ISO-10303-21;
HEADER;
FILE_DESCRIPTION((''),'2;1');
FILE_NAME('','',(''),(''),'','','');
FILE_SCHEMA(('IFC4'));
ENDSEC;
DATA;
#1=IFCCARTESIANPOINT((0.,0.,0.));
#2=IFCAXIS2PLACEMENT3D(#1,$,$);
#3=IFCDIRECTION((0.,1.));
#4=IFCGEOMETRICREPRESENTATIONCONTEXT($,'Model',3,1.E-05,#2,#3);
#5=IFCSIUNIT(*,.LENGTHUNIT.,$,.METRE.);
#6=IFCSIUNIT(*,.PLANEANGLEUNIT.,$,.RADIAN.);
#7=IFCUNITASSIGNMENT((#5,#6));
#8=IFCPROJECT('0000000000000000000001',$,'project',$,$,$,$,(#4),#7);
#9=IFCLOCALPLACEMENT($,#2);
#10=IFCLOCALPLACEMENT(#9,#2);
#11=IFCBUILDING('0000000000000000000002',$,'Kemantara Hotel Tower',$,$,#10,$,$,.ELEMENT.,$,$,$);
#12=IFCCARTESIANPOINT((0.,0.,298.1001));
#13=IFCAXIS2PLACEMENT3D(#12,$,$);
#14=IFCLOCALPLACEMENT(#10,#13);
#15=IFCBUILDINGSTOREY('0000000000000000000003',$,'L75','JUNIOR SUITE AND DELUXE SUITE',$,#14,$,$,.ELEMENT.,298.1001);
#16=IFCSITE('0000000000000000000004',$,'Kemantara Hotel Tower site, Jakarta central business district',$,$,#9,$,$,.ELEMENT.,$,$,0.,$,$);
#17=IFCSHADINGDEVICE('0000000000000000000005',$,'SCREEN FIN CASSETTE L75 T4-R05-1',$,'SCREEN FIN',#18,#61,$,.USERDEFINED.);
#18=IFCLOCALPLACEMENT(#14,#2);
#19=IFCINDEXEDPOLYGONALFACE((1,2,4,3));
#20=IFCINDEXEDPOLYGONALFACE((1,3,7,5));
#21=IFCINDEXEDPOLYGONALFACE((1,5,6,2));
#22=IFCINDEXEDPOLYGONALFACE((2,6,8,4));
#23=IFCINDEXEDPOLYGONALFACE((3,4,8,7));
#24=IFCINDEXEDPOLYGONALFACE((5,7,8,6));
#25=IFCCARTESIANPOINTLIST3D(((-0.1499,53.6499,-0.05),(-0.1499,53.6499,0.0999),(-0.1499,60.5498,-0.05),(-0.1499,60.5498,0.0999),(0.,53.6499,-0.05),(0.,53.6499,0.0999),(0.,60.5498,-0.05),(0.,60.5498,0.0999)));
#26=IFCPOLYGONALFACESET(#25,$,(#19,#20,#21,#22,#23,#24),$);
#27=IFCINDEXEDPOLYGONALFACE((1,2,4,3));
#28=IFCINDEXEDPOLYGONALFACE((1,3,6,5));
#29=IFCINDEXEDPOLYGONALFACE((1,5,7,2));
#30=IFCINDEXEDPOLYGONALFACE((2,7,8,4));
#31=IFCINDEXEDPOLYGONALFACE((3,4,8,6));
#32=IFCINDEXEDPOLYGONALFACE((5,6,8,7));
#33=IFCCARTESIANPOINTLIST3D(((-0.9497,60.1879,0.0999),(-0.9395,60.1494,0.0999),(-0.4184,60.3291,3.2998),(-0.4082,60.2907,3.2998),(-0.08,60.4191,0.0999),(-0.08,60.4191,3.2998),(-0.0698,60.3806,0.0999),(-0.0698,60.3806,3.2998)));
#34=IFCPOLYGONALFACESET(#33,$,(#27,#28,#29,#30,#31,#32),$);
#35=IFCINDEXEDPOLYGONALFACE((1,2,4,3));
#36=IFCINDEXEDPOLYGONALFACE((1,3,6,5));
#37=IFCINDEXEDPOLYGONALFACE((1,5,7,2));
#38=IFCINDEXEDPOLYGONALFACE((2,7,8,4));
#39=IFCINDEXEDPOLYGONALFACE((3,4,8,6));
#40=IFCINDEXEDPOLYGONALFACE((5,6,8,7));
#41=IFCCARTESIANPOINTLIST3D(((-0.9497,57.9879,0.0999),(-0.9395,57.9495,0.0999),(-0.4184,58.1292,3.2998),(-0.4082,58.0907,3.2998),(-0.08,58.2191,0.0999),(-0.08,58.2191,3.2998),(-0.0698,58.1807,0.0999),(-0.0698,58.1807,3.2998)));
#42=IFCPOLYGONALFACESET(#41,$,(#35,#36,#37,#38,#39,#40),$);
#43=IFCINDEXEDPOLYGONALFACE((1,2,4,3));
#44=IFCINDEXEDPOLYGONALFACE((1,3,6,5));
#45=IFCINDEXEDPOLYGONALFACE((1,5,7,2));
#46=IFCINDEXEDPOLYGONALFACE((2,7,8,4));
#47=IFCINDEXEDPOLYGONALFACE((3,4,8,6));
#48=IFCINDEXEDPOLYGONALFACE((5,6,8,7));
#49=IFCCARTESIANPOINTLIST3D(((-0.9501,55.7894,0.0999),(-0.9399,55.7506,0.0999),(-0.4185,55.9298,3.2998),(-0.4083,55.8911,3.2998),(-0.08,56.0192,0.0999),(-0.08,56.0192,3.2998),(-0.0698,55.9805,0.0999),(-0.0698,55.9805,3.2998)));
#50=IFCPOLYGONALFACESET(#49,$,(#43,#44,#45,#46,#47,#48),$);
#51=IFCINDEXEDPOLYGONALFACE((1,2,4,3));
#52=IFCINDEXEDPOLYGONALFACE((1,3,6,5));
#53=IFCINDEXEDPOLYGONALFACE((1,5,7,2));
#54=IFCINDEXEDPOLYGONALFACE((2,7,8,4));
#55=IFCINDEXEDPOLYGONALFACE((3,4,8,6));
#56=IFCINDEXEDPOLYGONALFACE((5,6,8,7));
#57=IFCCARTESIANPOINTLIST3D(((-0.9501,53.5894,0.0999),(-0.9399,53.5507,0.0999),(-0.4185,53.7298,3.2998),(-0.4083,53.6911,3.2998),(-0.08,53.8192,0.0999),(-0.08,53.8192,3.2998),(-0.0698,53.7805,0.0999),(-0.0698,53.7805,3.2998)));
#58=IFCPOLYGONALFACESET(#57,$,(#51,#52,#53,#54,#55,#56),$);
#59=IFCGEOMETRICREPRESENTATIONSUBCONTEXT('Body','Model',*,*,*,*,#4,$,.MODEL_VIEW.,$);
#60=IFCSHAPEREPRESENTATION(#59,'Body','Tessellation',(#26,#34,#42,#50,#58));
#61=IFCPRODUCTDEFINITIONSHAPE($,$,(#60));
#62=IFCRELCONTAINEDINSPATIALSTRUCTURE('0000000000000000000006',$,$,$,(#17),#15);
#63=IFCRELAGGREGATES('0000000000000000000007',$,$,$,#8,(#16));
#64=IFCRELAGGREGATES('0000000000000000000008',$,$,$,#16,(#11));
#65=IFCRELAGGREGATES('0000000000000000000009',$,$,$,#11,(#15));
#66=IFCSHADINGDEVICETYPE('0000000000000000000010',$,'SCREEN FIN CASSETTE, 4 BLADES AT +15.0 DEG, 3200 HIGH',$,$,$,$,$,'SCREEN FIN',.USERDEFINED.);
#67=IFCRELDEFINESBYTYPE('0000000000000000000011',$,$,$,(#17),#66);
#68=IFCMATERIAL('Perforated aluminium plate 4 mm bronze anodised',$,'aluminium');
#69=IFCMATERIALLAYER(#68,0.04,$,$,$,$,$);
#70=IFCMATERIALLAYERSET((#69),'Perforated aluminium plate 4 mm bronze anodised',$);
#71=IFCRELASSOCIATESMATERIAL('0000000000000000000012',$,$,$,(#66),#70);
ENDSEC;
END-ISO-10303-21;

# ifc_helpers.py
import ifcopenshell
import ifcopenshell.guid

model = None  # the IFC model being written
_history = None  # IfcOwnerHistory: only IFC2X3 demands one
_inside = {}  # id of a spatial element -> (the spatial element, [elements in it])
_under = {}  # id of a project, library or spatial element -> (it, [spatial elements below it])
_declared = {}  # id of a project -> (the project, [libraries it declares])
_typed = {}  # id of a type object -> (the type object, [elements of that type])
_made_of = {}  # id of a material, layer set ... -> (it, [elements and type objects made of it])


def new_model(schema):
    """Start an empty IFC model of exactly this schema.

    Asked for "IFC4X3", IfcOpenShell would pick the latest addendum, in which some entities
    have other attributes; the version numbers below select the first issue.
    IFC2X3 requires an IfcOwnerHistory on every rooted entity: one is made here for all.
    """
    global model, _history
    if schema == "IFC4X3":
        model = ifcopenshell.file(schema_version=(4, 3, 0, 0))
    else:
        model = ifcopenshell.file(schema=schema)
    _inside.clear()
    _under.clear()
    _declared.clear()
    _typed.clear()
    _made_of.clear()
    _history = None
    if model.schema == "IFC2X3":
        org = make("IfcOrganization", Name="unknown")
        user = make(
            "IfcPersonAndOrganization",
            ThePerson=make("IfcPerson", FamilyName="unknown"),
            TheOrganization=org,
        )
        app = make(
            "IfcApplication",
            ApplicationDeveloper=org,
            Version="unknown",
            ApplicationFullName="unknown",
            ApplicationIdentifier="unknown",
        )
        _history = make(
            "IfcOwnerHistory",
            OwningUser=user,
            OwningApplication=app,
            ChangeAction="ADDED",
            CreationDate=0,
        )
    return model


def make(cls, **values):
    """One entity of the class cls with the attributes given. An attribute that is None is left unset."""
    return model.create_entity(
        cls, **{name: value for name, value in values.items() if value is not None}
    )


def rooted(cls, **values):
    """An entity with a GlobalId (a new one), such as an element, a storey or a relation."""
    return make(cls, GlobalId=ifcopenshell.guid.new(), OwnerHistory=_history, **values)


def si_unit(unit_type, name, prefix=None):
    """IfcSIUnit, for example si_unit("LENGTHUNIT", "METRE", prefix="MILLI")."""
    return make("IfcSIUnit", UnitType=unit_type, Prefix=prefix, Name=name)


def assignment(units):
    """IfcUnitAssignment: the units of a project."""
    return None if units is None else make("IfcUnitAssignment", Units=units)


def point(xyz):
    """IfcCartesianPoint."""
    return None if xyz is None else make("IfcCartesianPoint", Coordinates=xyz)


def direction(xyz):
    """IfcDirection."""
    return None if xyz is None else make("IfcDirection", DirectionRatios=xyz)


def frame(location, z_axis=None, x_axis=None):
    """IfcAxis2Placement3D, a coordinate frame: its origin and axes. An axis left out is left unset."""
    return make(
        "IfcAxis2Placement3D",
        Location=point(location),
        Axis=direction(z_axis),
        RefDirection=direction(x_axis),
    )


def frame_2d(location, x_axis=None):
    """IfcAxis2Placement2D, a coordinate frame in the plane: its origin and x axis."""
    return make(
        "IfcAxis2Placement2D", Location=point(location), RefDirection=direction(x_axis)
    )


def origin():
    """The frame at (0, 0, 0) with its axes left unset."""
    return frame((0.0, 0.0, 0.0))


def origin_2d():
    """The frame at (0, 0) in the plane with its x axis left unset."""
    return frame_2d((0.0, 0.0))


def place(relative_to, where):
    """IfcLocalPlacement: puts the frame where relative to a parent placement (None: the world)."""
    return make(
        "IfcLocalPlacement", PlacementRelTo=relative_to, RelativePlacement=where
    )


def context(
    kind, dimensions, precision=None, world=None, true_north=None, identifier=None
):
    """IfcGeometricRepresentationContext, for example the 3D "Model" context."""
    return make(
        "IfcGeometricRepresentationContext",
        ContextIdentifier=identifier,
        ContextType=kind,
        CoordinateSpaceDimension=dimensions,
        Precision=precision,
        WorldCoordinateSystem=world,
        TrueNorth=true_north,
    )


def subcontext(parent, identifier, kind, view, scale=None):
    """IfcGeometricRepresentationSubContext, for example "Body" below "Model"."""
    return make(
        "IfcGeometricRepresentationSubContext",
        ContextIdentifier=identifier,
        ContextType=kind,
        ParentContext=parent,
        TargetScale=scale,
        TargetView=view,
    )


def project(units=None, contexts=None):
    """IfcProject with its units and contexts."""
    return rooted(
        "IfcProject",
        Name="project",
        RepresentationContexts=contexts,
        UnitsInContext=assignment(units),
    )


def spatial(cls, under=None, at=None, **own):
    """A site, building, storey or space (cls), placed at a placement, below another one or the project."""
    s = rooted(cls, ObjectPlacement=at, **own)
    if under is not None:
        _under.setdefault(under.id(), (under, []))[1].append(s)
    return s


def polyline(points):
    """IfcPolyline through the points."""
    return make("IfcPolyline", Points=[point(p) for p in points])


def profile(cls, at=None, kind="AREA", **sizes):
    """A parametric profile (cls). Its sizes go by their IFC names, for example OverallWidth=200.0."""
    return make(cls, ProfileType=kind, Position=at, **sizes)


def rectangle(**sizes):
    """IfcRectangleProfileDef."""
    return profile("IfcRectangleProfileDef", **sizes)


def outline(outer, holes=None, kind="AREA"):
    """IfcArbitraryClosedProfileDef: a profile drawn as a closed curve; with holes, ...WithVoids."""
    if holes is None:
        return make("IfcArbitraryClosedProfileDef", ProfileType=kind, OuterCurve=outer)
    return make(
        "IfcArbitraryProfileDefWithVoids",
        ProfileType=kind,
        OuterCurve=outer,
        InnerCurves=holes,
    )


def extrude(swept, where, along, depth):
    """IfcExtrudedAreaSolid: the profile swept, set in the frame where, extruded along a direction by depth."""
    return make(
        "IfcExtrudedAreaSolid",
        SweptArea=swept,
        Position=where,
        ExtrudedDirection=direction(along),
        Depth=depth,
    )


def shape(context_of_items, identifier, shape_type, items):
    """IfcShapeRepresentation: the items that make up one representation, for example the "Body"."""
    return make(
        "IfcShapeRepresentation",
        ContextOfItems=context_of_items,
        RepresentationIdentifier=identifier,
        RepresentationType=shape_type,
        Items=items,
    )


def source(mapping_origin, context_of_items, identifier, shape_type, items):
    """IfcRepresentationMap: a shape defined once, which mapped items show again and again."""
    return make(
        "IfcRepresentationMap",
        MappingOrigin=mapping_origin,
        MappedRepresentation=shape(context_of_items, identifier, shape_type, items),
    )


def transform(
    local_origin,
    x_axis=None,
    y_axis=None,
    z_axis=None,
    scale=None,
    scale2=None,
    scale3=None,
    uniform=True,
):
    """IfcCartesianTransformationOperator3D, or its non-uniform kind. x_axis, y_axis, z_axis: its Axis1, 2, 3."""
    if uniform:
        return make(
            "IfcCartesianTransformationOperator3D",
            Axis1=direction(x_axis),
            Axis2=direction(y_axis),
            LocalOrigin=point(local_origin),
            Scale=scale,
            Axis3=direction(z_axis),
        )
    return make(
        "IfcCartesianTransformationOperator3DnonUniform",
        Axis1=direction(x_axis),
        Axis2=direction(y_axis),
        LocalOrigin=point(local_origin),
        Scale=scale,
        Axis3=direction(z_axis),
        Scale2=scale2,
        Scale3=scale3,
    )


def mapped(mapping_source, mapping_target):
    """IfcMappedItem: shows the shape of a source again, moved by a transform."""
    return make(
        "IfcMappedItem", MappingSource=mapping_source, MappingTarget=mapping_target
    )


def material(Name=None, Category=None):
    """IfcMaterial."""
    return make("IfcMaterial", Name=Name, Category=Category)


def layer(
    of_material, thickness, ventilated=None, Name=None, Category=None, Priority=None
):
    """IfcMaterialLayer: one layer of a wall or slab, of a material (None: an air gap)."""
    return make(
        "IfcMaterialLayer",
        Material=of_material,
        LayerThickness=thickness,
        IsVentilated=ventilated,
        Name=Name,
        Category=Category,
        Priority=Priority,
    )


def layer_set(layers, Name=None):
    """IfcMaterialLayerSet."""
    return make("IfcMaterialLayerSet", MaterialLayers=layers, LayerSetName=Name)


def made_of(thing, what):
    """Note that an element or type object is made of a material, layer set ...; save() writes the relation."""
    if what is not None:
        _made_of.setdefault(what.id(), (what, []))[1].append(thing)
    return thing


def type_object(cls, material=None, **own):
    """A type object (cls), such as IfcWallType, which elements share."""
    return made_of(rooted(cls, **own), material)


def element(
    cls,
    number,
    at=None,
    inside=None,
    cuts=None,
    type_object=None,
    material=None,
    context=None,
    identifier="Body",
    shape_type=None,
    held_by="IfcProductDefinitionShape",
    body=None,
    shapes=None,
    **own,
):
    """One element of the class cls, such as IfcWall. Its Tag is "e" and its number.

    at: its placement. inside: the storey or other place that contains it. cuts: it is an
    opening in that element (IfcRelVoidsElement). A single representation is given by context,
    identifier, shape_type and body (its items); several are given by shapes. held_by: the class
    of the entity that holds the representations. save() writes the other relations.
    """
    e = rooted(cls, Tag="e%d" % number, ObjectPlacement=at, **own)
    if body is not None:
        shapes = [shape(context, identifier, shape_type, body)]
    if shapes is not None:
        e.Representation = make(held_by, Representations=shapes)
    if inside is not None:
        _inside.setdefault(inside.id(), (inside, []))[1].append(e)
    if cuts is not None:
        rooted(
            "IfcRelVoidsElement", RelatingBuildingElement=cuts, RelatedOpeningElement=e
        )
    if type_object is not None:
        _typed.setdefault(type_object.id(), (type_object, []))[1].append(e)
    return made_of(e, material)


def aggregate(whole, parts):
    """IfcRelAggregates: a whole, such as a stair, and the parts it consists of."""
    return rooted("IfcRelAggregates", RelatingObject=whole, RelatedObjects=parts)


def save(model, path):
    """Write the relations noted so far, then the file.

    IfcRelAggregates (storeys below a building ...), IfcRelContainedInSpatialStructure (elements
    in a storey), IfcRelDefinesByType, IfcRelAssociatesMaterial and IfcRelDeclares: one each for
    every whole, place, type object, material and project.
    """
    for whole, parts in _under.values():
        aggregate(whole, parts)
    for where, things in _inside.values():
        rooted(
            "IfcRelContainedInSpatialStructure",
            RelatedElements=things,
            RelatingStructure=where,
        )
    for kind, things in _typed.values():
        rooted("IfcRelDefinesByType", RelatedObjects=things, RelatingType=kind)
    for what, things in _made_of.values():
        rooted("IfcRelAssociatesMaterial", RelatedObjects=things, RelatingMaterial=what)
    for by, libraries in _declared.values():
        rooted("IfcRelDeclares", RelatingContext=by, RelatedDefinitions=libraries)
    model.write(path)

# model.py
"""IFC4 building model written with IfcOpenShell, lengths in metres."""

from ifc_helpers import new_model, si_unit, direction, frame, origin, origin_2d, place, context, subcontext, project, spatial, polyline, rectangle, outline, extrude, source, transform, mapped, material, layer, layer_set, type_object, element, save


model = new_model("IFC4")

# Units and contexts
model_context = context("Model", 3, precision=1e-05, world=origin(), true_north=direction((0.0, 1.0)))
body_context = subcontext(model_context, "Body", "Model", "MODEL_VIEW")
ifc_project = project(units=[si_unit("LENGTHUNIT", "METRE"), si_unit("PLANEANGLEUNIT", "RADIAN")], contexts=[model_context])

# Site, building, storey
site_placement = place(None, origin())
site = spatial("IfcSite", under=ifc_project, at=site_placement, Name="Kemantara Hotel Tower site, Jakarta central business district", CompositionType="ELEMENT", RefElevation=0.0)
building_placement = place(site_placement, origin())
building = spatial("IfcBuilding", under=site, at=building_placement, Name="Kemantara Hotel Tower", CompositionType="ELEMENT")
storey_placement = place(building_placement, frame((0.0, 0.0, 298.1001)))
storey = spatial("IfcBuildingStorey", under=building, at=storey_placement, Name="L75", Description="JUNIOR SUITE AND DELUXE SUITE", CompositionType="ELEMENT", Elevation=298.1001)

# Shading device
ifc_material_1 = material(Name="Perforated aluminium plate 4 mm bronze anodised", Category="aluminium")
ifc_layer_1 = layer(ifc_material_1, 0.04)
ifc_layer_set_1 = layer_set([ifc_layer_1], Name="Perforated aluminium plate 4 mm bronze anodised")
shading_device_type_1 = type_object("IfcShadingDeviceType", Name="SCREEN FIN CASSETTE, 4 BLADES AT +15.0 DEG, 3200 HIGH", ElementType="SCREEN FIN", PredefinedType="USERDEFINED", material=ifc_layer_set_1)
shared_shape_1 = source(origin(), body_context, "Body", "SweptSolid", [
    extrude(rectangle(XDim=6.8999, YDim=0.1499, at=origin_2d()), frame((3.3, -0.075, -0.1499), z_axis=(0.0, 0.0, 1.0), x_axis=(1.0, 0.0, 0.0)), (0.0, 0.0, 1.0), 0.1499),
    extrude(outline(polyline([(0.0, 0.0), (0.8999, 0.0), (0.3501, 3.2), (0.0, 3.2), (0.0, 0.0)])), frame((0.0193, -0.0698, 0.0), z_axis=(-0.966438, -0.256901, 0.0), x_axis=(0.256901, -0.966438, 0.0)), (0.0, 0.0, 1.0), 0.0398),
    extrude(outline(polyline([(0.0, 0.0), (0.8999, 0.0), (0.3501, 3.2), (0.0, 3.2), (0.0, 0.0)])), frame((2.2192, -0.0698, 0.0), z_axis=(-0.966438, -0.256901, 0.0), x_axis=(0.256901, -0.966438, 0.0)), (0.0, 0.0, 1.0), 0.0398),
    extrude(outline(polyline([(0.0, 0.0), (0.8999, 0.0), (0.3501, 3.2), (0.0, 3.2), (0.0, 0.0)])), frame((4.4194, -0.0698, 0.0), z_axis=(-0.966838, -0.255391, 0.0), x_axis=(0.255391, -0.966838, 0.0)), (0.0, 0.0, 1.0), 0.04),
    extrude(outline(polyline([(0.0, 0.0), (0.8999, 0.0), (0.3501, 3.2), (0.0, 3.2), (0.0, 0.0)])), frame((6.6194, -0.0698, 0.0), z_axis=(-0.966838, -0.255391, 0.0), x_axis=(0.255391, -0.966838, 0.0)), (0.0, 0.0, 1.0), 0.04),
])
shading_device_1_placement = place(storey_placement, frame((0.0, 60.3999, 0.0999), z_axis=(0.0, 0.0, 1.0), x_axis=(0.0, -1.0, 0.0)))
element("IfcShadingDevice", 1, at=shading_device_1_placement, inside=storey, type_object=shading_device_type_1, Name="SCREEN FIN CASSETTE L75 T4-R05-1", ObjectType="SCREEN FIN", PredefinedType="USERDEFINED", context=body_context, shape_type="MappedRepresentation", body=[
    mapped(shared_shape_1, transform((0.0, 0.0, 0.0))),
])

save(model, "model.ifc")
